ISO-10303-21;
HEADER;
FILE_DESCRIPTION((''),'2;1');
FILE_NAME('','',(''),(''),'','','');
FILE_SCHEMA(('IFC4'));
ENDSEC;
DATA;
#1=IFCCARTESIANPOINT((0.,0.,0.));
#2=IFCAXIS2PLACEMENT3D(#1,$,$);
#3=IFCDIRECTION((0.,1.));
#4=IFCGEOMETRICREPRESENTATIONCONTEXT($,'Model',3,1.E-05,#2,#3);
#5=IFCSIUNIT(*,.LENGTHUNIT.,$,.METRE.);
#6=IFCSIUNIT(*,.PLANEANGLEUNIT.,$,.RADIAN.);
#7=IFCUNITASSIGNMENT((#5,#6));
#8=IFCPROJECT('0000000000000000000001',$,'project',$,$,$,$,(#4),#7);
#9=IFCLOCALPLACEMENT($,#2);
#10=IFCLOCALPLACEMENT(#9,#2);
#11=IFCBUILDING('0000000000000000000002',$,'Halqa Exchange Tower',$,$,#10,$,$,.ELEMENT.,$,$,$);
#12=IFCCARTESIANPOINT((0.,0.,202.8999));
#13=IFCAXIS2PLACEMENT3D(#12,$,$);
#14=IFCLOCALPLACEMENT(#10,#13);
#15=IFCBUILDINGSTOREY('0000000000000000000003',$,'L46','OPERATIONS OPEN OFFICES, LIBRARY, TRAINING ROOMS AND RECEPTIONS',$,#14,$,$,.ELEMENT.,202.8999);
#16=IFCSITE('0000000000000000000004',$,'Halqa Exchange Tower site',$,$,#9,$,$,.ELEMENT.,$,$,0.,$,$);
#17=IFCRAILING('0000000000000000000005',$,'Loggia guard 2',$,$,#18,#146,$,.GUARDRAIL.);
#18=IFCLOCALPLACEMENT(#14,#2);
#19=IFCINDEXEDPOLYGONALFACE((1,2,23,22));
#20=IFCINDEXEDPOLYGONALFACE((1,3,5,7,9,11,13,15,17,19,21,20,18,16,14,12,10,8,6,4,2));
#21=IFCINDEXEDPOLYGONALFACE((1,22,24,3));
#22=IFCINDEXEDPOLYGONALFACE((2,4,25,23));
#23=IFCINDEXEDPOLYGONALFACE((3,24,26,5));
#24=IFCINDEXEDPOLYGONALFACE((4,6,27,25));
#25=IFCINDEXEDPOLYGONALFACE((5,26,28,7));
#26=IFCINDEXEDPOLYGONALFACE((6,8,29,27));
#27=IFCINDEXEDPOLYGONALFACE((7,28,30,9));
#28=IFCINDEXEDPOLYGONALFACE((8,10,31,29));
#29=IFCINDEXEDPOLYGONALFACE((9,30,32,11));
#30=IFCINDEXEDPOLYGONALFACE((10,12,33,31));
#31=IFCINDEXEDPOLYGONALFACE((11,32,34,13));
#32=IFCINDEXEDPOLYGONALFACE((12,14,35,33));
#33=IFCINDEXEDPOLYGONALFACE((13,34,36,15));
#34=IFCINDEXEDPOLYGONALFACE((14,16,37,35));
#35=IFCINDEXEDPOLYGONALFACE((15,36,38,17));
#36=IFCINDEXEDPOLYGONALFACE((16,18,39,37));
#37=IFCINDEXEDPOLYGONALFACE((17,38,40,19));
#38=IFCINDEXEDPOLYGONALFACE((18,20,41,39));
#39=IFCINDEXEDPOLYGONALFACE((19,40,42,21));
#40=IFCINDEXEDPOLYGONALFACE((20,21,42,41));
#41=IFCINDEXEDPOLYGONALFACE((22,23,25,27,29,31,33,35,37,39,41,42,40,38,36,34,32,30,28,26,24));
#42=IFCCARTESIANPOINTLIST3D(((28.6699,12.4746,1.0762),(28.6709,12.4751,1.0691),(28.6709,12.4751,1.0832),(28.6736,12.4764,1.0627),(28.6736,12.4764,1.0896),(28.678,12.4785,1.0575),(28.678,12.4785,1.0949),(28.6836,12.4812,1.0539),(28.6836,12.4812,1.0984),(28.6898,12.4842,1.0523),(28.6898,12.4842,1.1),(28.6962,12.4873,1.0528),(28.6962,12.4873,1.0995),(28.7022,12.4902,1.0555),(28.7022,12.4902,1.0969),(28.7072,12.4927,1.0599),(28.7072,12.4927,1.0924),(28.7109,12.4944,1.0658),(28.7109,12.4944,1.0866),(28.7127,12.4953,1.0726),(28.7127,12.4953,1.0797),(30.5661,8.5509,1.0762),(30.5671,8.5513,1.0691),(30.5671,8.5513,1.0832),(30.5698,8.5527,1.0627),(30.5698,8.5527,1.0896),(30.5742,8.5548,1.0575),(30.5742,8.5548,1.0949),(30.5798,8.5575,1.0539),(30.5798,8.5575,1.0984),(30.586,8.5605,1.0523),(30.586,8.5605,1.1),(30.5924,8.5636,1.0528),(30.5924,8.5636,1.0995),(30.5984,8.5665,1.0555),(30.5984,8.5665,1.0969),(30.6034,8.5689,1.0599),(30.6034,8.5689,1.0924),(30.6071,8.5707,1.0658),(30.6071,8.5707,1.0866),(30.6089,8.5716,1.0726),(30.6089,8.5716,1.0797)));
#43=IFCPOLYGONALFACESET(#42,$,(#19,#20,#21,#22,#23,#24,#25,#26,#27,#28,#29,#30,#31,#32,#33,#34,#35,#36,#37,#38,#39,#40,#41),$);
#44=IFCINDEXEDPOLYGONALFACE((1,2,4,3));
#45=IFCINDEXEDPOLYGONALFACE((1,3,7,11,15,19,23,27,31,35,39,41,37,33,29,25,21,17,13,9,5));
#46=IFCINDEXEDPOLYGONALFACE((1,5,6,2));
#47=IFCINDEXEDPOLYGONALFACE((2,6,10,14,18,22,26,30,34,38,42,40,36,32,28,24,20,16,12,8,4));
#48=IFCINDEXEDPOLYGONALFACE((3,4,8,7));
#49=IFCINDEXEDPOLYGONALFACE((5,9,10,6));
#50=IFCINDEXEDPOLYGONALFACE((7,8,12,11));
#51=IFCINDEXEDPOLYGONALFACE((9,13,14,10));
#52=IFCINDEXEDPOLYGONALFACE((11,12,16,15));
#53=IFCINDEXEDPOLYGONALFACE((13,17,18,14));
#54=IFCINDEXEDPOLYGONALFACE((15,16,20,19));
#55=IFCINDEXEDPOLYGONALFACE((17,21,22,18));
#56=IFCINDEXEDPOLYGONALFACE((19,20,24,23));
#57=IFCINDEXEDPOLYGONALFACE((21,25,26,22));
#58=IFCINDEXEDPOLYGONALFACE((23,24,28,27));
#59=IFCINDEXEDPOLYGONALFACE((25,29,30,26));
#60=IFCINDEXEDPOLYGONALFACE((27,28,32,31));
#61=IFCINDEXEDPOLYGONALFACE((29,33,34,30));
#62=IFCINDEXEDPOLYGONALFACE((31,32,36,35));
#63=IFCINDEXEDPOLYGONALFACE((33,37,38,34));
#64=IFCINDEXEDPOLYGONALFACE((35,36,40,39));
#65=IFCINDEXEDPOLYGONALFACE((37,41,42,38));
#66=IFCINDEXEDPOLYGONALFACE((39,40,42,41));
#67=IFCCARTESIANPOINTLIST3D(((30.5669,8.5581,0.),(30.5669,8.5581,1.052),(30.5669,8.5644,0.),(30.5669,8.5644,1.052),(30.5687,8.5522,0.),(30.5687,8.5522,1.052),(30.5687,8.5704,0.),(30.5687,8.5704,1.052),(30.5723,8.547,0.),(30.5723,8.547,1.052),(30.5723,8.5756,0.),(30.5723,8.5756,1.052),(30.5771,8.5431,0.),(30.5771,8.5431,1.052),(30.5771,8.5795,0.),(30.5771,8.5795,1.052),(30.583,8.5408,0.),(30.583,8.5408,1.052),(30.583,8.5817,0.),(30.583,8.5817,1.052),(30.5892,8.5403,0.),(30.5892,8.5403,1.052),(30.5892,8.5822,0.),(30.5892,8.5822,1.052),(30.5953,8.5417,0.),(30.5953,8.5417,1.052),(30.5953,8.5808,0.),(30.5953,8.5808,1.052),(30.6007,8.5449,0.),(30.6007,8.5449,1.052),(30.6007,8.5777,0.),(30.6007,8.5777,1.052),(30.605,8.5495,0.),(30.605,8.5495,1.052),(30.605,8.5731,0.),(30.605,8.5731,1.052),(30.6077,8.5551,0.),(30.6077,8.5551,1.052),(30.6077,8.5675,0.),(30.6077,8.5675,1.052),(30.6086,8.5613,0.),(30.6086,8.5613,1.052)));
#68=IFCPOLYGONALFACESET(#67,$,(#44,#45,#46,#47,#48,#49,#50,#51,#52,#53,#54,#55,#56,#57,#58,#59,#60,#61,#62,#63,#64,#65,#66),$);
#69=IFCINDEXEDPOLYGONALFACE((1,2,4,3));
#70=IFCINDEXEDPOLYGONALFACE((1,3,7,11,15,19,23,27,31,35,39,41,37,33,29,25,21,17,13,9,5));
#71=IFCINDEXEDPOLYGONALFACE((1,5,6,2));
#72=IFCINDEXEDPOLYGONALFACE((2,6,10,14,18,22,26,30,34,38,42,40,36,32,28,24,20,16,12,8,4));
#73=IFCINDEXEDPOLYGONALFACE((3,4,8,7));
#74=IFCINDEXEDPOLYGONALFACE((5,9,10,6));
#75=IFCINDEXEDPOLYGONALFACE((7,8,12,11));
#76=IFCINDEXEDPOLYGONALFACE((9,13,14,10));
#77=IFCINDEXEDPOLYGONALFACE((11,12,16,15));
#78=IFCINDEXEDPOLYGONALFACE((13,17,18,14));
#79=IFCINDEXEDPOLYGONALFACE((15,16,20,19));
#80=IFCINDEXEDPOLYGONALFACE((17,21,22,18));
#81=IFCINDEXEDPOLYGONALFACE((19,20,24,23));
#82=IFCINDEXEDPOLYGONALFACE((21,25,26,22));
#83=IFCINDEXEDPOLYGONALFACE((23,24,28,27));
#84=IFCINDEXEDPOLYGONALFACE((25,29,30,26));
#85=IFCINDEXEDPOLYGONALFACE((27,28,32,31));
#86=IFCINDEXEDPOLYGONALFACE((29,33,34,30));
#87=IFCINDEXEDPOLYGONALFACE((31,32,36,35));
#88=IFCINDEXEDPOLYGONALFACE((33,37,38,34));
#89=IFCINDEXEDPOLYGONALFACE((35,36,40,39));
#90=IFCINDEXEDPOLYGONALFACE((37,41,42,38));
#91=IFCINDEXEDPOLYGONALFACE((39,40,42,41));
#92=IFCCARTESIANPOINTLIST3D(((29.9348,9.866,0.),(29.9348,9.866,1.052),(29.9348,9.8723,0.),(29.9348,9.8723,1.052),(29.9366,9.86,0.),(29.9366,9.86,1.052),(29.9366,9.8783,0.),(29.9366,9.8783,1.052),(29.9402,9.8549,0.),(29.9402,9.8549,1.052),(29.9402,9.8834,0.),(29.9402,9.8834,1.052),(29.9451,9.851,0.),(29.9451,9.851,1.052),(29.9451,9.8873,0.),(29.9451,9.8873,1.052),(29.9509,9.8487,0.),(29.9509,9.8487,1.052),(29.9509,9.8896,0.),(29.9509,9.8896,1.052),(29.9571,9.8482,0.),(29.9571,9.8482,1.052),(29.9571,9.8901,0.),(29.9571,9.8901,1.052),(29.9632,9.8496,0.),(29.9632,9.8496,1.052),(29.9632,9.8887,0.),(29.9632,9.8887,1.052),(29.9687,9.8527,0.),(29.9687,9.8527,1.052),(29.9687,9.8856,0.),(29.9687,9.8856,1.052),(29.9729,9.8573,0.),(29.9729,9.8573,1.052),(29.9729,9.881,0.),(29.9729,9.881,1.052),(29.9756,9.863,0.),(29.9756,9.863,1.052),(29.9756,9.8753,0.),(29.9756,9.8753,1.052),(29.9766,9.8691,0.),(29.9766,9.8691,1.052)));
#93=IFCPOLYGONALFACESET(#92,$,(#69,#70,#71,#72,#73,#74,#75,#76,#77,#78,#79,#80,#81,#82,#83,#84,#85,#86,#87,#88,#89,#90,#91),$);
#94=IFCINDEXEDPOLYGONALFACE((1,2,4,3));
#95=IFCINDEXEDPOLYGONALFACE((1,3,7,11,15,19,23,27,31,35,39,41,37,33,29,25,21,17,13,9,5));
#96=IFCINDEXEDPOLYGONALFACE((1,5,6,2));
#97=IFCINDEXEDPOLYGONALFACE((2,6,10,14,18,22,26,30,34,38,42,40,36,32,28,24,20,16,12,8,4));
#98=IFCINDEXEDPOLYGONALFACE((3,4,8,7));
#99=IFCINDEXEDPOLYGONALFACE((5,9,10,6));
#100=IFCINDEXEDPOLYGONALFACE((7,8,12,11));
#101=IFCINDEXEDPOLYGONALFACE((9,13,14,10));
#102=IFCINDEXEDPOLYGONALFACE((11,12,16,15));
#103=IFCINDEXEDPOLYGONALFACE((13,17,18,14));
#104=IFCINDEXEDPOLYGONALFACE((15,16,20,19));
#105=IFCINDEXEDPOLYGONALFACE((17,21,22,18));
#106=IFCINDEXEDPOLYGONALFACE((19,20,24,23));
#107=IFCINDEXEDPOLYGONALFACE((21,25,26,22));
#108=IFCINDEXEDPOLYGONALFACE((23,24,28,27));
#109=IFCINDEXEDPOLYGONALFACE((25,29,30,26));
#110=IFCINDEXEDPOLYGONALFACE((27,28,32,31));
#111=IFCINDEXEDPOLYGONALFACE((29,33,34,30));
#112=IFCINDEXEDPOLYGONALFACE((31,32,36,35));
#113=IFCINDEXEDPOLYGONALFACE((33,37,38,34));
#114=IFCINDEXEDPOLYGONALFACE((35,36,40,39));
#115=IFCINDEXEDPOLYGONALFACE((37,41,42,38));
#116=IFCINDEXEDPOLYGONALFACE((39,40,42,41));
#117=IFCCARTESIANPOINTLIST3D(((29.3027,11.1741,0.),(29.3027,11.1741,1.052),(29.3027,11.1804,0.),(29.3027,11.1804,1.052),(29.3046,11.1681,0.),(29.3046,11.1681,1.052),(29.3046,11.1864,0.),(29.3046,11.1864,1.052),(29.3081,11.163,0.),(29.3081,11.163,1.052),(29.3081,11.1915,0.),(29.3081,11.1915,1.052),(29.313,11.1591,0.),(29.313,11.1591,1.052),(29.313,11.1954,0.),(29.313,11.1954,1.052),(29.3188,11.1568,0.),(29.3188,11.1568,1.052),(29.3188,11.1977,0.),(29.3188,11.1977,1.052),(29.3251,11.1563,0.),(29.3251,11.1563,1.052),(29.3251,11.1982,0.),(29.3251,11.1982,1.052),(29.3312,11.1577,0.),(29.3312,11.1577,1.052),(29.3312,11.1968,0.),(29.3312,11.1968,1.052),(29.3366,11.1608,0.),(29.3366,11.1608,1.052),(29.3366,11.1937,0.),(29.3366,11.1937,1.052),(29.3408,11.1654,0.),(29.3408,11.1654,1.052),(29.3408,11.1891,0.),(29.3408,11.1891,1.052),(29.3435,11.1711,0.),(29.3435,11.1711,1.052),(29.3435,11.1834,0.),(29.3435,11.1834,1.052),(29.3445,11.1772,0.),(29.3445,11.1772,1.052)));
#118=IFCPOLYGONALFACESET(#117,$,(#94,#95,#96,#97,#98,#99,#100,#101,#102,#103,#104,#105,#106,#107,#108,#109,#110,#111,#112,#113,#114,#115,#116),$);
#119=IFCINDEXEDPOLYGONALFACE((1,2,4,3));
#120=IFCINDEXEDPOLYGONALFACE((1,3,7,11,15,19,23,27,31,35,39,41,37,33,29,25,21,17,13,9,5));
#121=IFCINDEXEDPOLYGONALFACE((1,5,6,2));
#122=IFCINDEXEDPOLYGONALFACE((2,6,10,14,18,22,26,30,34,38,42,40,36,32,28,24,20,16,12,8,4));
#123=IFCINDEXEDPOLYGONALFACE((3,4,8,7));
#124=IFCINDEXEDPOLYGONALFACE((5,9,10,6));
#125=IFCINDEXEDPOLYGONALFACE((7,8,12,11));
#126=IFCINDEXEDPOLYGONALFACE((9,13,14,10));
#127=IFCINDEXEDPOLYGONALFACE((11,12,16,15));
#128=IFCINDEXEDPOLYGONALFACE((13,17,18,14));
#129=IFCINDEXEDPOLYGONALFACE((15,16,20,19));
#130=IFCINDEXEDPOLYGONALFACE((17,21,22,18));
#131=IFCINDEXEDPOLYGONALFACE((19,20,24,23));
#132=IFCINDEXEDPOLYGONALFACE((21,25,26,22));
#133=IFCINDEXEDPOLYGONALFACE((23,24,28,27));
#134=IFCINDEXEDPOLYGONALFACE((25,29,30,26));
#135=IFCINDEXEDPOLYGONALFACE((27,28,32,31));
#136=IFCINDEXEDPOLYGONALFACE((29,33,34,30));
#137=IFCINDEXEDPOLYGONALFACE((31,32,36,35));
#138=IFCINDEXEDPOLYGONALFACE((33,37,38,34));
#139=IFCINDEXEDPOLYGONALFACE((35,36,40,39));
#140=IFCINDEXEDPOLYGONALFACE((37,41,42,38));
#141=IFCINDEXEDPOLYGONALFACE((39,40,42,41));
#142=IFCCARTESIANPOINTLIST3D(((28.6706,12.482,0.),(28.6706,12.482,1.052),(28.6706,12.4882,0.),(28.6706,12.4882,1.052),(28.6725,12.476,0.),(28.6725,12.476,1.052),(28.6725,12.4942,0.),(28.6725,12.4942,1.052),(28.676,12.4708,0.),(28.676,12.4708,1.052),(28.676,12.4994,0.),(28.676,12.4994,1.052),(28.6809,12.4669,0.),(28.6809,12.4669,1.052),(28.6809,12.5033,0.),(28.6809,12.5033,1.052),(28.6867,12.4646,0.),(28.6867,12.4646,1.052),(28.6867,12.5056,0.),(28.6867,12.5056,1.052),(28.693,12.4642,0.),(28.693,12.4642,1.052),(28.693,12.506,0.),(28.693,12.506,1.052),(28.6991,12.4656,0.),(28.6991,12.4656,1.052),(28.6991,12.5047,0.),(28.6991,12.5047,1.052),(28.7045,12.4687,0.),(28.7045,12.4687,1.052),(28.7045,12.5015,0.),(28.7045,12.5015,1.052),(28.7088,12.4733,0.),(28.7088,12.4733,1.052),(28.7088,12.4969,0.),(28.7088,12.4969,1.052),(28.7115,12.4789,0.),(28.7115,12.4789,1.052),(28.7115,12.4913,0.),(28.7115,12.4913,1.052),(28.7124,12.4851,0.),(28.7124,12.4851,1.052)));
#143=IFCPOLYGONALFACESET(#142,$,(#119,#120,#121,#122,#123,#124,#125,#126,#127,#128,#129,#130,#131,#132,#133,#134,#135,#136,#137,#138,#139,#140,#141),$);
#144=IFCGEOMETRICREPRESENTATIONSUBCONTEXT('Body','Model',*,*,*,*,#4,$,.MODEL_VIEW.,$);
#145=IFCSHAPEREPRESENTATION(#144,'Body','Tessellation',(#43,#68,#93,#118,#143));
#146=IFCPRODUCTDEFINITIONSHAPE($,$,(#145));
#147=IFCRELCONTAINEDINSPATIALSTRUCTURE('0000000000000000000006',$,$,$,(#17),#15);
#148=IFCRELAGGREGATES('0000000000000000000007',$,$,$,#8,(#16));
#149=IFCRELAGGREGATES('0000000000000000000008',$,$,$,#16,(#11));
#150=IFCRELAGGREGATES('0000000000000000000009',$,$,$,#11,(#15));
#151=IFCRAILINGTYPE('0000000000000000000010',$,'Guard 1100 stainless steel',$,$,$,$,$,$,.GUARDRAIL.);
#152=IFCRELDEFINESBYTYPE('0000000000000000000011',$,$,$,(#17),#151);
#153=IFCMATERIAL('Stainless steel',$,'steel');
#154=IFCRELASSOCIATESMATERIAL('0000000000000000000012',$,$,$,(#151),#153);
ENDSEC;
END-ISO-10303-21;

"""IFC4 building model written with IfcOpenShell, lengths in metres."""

from ifc_helpers import new_model, si_unit, direction, frame, origin, origin_2d, place, context, subcontext, project, spatial, circle, extrude, material, type_object, element, save


model = new_model("IFC4")

# Units and contexts
model_context = context("Model", 3, precision=1e-05, world=origin(), true_north=direction((0.0, 1.0)))
body_context = subcontext(model_context, "Body", "Model", "MODEL_VIEW")
ifc_project = project(units=[si_unit("LENGTHUNIT", "METRE"), si_unit("PLANEANGLEUNIT", "RADIAN")], contexts=[model_context])

# Site, building, storey
site_placement = place(None, origin())
site = spatial("IfcSite", under=ifc_project, at=site_placement, Name="Halqa Exchange Tower site", CompositionType="ELEMENT", RefElevation=0.0)
building_placement = place(site_placement, origin())
building = spatial("IfcBuilding", under=site, at=building_placement, Name="Halqa Exchange Tower", CompositionType="ELEMENT")
storey_placement = place(building_placement, frame((0.0, 0.0, 202.8999)))
storey = spatial("IfcBuildingStorey", under=building, at=storey_placement, Name="L46", Description="OPERATIONS OPEN OFFICES, LIBRARY, TRAINING ROOMS AND RECEPTIONS", CompositionType="ELEMENT", Elevation=202.8999)

# Railing
ifc_material_1 = material(Name="Stainless steel", Category="steel")
railing_type = type_object("IfcRailingType", Name="Guard 1100 stainless steel", PredefinedType="GUARDRAIL", material=ifc_material_1)
railing_1_placement = place(storey_placement, frame((30.5876, 8.5613, 0.0)))
element("IfcRailing", 1, at=railing_1_placement, inside=storey, type_object=railing_type, Name="Loggia guard 2", PredefinedType="GUARDRAIL", context=body_context, shape_type="SweptSolid", body=[
    extrude(circle(Radius=0.0239, at=origin_2d()), frame((0.0, 0.0, 1.0762), z_axis=(-0.435117, 0.900374, 0.0), x_axis=(-0.900374, -0.435117, 0.0)), (0.0, 0.0, 1.0), 4.3579),
    extrude(circle(Radius=0.021, at=origin_2d()), origin(), (0.0, 0.0, 1.0), 1.052),
    extrude(circle(Radius=0.021, at=origin_2d()), frame((-0.6321, 1.3079, 0.0)), (0.0, 0.0, 1.0), 1.052),
    extrude(circle(Radius=0.021, at=origin_2d()), frame((-1.2642, 2.616, 0.0)), (0.0, 0.0, 1.0), 1.052),
    extrude(circle(Radius=0.021, at=origin_2d()), frame((-1.8962, 3.9238, 0.0)), (0.0, 0.0, 1.0), 1.052),
])

save(model, "model.ifc")
